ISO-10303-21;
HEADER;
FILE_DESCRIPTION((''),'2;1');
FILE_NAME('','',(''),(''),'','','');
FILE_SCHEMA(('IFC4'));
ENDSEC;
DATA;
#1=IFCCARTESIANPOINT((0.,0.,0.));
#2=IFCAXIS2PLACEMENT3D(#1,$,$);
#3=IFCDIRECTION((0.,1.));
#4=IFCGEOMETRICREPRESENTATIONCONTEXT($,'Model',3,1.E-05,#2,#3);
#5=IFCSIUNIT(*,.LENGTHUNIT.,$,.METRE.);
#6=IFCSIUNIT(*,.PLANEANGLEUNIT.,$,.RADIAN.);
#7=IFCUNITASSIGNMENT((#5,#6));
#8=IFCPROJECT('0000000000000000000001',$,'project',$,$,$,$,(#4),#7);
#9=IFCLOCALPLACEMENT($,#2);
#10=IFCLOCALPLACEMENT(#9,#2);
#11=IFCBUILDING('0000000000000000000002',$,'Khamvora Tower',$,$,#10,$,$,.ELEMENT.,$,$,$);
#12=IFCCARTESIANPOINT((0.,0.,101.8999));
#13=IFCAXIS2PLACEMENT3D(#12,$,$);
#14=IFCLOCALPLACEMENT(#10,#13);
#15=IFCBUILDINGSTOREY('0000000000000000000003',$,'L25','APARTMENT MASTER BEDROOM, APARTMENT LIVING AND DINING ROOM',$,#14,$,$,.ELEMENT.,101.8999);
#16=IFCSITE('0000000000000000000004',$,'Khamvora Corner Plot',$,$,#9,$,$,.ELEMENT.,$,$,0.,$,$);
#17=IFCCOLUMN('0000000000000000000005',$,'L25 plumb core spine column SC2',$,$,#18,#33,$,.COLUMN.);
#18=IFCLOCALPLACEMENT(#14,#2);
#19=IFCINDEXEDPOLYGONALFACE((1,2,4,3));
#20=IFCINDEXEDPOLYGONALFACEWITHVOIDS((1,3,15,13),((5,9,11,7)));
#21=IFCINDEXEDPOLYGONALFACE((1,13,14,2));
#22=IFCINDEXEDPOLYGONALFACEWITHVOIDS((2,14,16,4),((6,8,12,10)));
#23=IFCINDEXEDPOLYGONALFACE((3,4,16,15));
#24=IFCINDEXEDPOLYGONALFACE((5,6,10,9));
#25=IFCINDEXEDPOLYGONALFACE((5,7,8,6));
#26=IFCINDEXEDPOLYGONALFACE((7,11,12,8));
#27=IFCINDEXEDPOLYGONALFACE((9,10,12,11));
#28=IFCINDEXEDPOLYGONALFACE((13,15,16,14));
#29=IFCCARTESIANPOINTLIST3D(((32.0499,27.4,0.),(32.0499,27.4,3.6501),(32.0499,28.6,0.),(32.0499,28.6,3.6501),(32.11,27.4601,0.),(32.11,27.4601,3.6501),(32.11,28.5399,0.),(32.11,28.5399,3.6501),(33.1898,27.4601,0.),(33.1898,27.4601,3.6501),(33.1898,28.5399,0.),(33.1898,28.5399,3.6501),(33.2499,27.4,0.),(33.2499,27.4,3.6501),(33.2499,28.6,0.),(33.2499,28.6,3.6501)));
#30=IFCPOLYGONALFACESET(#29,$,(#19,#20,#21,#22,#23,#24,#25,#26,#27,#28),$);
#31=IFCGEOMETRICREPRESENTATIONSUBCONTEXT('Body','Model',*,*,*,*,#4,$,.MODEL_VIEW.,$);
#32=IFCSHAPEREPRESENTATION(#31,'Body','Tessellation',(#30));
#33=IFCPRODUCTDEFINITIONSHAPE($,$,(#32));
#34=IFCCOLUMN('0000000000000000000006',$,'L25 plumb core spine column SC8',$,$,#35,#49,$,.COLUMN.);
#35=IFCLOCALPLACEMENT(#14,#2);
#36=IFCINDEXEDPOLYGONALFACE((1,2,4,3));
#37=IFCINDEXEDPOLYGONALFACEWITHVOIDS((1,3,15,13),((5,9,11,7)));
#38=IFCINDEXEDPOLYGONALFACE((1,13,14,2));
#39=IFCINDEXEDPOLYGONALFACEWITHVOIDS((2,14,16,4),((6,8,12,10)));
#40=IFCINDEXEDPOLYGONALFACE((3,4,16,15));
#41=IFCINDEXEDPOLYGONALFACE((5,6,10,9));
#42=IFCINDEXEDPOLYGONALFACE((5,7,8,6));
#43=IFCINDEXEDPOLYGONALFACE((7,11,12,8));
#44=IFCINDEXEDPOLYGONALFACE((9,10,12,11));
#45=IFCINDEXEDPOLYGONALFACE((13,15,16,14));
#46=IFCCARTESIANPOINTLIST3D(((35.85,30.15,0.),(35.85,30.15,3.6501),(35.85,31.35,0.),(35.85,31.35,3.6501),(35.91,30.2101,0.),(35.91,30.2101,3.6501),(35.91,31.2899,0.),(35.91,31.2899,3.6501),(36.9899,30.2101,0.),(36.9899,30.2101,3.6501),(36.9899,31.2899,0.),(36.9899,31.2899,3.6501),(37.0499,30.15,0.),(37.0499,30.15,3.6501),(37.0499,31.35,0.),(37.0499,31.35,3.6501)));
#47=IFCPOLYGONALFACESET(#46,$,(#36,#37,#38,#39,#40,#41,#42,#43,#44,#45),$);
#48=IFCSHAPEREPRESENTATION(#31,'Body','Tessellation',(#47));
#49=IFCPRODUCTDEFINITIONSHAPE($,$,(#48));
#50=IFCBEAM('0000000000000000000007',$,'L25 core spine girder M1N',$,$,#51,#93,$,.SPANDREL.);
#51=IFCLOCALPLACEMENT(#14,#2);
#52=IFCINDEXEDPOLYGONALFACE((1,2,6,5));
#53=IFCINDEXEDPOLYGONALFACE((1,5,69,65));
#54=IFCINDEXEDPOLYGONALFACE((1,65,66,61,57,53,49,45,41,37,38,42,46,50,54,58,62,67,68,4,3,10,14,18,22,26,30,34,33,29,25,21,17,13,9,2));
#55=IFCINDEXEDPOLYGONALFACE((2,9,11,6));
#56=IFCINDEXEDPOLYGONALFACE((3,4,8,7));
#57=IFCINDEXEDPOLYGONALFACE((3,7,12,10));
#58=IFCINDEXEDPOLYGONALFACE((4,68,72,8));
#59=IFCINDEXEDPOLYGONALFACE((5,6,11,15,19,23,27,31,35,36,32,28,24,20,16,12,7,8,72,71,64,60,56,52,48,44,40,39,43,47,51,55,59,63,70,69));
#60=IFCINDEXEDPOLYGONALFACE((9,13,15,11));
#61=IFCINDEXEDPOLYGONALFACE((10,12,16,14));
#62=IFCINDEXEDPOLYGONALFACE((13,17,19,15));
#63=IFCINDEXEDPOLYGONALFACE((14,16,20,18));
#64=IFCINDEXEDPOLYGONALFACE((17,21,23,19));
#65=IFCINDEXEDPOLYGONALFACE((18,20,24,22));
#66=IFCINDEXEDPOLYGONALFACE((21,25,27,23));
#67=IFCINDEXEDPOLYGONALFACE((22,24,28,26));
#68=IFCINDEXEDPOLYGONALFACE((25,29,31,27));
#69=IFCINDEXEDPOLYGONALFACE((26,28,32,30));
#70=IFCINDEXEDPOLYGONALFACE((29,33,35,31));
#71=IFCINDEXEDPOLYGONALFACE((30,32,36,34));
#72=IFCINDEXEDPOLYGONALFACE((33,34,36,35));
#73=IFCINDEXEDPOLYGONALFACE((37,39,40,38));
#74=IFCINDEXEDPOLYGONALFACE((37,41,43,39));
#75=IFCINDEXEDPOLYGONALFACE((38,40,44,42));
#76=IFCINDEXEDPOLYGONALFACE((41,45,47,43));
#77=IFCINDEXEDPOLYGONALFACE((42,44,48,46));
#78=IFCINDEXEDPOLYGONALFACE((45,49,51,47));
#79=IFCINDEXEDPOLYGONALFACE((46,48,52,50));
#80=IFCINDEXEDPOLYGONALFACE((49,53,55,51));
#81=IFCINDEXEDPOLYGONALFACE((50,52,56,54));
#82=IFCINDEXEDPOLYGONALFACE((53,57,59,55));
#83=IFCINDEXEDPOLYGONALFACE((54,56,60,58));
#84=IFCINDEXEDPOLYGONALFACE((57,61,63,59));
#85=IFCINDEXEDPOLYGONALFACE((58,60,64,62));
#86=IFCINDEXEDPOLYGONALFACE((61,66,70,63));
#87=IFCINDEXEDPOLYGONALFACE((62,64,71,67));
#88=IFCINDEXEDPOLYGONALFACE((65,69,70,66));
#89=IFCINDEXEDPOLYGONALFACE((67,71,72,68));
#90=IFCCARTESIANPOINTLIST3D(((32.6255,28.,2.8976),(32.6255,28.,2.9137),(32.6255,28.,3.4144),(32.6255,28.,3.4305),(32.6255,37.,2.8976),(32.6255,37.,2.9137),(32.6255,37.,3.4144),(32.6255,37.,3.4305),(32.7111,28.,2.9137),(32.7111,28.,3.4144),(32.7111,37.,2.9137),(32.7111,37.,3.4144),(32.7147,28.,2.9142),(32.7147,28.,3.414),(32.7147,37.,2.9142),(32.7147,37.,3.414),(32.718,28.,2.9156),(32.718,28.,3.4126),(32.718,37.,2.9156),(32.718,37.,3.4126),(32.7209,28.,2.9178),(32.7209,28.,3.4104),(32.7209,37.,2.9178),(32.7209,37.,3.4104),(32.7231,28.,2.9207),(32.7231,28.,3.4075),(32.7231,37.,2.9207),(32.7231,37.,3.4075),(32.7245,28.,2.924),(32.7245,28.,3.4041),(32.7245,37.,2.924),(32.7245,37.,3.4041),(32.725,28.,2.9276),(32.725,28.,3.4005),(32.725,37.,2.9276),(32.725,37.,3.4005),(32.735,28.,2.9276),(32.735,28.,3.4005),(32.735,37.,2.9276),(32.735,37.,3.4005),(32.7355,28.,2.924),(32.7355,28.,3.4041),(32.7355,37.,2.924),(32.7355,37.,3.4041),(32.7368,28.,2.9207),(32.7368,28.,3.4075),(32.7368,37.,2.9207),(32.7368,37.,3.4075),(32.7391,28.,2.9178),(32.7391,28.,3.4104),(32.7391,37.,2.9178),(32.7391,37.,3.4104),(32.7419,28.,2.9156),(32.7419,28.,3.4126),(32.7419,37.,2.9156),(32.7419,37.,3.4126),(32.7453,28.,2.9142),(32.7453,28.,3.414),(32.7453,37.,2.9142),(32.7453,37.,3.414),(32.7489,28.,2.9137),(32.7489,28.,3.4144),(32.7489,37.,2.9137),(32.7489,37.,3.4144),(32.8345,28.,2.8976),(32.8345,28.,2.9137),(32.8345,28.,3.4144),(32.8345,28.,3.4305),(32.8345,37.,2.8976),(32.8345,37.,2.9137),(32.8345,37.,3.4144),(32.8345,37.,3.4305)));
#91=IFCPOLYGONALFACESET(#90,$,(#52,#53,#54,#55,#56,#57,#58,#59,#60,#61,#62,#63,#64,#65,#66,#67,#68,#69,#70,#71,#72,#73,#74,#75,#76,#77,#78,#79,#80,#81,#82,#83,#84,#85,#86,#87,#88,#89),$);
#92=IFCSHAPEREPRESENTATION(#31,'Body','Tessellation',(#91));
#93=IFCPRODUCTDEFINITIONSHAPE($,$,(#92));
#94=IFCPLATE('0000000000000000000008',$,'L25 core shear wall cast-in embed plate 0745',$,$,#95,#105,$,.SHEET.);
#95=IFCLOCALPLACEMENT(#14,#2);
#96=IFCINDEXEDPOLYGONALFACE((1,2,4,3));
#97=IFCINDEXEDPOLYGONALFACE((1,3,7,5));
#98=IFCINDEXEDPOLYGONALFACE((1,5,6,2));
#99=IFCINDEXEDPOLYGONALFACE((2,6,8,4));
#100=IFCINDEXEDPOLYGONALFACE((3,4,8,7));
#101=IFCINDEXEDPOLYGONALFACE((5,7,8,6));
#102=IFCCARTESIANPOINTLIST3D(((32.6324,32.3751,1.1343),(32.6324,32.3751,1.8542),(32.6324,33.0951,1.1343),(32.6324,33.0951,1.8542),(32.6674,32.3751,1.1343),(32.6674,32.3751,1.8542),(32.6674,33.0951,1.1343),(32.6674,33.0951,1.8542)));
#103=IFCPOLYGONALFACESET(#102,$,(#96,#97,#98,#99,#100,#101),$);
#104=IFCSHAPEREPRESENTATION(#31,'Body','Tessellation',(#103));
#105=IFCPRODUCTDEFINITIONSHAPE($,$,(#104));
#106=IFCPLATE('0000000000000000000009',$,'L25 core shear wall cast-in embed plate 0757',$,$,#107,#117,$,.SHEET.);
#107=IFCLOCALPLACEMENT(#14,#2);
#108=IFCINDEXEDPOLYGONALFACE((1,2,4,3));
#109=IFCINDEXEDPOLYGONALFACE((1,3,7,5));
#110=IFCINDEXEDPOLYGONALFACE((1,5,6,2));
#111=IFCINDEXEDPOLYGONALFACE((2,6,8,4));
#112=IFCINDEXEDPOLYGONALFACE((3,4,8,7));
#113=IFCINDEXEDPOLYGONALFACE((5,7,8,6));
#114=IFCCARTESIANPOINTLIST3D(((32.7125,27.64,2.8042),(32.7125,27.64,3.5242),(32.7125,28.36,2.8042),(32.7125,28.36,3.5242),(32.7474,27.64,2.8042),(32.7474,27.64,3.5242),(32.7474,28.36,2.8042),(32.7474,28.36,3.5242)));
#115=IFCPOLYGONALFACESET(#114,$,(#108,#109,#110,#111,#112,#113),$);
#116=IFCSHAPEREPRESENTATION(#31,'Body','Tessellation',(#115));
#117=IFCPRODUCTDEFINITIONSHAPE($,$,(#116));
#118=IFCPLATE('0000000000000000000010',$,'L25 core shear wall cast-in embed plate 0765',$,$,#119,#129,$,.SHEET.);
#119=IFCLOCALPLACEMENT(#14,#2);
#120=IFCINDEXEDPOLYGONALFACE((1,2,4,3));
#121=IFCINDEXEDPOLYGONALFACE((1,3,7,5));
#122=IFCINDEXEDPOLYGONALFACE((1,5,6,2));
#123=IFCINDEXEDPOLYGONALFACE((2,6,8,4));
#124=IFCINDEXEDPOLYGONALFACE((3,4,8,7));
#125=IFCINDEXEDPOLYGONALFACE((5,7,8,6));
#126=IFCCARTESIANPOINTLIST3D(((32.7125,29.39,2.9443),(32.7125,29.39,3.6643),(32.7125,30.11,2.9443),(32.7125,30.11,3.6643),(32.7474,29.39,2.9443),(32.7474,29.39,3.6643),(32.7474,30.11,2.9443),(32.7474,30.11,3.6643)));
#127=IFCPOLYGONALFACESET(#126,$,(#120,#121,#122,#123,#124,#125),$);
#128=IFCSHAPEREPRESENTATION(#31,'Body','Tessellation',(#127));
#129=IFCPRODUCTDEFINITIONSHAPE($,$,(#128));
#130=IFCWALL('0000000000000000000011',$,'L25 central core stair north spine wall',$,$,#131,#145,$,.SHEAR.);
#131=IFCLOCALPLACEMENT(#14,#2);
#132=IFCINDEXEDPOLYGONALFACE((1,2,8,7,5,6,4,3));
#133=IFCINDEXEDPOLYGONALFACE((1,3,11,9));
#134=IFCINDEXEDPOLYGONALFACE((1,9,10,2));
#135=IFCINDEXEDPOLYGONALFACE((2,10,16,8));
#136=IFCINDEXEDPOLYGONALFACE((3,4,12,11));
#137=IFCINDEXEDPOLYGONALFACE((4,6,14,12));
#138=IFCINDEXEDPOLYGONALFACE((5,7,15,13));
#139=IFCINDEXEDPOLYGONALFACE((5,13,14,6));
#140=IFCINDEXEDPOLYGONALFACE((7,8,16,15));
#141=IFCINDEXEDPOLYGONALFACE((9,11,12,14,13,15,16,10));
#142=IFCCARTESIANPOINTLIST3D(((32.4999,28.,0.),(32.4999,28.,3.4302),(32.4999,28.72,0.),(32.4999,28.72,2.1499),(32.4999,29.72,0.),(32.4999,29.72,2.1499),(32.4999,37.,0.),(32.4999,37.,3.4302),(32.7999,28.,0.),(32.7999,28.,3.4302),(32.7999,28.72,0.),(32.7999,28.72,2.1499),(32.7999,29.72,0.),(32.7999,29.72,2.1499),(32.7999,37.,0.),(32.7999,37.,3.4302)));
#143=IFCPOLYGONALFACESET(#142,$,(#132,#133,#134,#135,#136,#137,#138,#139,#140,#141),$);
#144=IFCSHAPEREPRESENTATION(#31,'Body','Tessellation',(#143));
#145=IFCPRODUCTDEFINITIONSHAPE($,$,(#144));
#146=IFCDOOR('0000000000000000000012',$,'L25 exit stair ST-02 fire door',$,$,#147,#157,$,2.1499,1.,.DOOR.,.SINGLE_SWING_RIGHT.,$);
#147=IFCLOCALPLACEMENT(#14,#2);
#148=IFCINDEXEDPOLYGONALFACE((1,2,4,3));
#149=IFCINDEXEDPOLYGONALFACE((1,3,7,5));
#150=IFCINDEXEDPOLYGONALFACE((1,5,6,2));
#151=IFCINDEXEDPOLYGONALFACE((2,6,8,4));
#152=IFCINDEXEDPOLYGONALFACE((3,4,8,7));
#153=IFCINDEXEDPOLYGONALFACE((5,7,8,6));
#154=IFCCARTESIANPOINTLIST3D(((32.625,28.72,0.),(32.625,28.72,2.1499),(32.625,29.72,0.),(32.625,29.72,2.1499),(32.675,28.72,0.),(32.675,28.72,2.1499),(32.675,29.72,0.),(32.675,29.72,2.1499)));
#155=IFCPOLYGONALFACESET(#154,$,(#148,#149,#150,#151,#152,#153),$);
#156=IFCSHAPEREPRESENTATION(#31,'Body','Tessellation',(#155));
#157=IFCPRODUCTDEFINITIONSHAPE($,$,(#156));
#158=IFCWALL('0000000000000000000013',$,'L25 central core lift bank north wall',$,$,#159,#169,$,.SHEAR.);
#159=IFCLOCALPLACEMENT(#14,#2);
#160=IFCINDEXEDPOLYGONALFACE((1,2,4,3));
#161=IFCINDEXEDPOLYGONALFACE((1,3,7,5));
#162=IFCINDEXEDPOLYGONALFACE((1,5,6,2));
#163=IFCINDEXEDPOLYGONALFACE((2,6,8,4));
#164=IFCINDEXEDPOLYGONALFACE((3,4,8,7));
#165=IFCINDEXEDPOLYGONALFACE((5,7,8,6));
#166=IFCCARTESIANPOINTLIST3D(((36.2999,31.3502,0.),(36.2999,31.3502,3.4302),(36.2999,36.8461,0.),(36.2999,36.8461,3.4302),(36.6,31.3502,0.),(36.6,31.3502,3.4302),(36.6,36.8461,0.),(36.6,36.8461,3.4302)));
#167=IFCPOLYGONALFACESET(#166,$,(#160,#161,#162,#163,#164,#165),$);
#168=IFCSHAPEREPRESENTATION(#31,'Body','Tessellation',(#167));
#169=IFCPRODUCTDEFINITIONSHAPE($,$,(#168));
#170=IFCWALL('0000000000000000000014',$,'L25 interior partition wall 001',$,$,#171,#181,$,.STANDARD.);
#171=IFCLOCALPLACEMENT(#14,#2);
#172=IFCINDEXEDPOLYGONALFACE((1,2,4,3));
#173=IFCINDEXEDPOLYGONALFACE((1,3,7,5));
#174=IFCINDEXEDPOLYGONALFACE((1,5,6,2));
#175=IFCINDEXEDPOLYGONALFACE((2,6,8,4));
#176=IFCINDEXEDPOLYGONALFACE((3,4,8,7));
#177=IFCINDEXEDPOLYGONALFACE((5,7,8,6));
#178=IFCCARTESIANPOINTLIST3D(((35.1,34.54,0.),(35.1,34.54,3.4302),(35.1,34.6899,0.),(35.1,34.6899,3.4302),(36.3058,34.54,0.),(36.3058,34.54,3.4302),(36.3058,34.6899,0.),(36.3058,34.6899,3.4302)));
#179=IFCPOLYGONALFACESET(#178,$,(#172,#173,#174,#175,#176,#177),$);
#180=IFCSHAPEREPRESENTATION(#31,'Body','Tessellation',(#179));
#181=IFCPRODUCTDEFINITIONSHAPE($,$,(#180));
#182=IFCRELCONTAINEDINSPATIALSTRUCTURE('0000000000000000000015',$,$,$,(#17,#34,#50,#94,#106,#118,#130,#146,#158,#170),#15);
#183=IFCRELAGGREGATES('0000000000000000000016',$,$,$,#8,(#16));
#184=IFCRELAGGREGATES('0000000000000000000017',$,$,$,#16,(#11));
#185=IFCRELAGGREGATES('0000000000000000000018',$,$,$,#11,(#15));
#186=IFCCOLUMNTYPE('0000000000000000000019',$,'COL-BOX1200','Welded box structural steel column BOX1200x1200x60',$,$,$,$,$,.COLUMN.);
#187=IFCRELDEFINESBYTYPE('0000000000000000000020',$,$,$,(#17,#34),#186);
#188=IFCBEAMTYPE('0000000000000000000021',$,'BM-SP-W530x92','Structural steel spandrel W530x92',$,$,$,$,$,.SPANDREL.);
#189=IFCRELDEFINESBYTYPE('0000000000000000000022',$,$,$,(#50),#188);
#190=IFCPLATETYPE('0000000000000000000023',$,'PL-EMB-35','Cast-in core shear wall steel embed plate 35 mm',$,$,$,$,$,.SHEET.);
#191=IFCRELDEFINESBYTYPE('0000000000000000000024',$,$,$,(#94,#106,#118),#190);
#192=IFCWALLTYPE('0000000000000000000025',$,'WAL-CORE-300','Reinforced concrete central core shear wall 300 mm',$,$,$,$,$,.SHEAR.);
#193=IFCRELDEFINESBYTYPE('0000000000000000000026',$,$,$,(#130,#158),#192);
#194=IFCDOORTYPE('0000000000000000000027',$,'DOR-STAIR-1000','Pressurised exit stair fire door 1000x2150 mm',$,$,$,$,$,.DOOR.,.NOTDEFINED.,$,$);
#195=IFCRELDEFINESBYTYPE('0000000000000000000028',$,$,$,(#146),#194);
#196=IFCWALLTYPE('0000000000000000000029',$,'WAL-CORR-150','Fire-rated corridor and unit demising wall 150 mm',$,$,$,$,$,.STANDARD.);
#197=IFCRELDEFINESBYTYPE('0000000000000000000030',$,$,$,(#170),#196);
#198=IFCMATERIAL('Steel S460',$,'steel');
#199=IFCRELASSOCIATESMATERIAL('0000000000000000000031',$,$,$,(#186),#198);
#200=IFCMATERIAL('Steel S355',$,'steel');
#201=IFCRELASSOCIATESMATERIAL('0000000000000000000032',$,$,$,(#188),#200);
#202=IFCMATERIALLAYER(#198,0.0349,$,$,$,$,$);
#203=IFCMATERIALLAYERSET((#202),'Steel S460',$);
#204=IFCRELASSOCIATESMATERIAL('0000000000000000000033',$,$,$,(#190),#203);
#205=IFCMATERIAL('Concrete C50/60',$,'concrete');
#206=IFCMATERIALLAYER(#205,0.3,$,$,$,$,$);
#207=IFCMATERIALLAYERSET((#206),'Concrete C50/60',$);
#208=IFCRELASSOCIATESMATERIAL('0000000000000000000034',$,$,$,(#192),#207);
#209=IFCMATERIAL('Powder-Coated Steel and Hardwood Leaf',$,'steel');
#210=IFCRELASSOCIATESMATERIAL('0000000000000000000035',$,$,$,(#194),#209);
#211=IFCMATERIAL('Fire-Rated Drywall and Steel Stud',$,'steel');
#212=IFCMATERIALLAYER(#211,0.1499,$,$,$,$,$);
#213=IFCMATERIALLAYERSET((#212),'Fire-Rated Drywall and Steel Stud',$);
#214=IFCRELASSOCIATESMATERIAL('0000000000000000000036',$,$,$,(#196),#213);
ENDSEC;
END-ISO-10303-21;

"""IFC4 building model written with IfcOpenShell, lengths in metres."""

from ifc_helpers import new_model, si_unit, direction, frame, frame_2d, origin, origin_2d, place, context, subcontext, project, spatial, rectangle, hollow_rectangle, i_section, extrude, material, layer, layer_set, material_profile, profile_set, type_object, element, fill, save


model = new_model("IFC4")

# Units and contexts
model_context = context("Model", 3, precision=1e-05, world=origin(), true_north=direction((0.0, 1.0)))
body_context = subcontext(model_context, "Body", "Model", "MODEL_VIEW")
ifc_project = project(units=[si_unit("LENGTHUNIT", "METRE"), si_unit("PLANEANGLEUNIT", "RADIAN")], contexts=[model_context])

# Site, building, storey
site_placement = place(None, origin())
site = spatial("IfcSite", under=ifc_project, at=site_placement, Name="Khamvora Corner Plot", CompositionType="ELEMENT", RefElevation=0.0)
building_placement = place(site_placement, origin())
building = spatial("IfcBuilding", under=site, at=building_placement, Name="Khamvora Tower", CompositionType="ELEMENT")
storey_placement = place(building_placement, frame((0.0, 0.0, 101.8999)))
storey = spatial("IfcBuildingStorey", under=building, at=storey_placement, Name="L25", Description="APARTMENT MASTER BEDROOM, APARTMENT LIVING AND DINING ROOM", CompositionType="ELEMENT", Elevation=101.8999)

# Columns
ifc_material_1 = material(Name="Steel S460", Category="steel")
ifc_material_profile_1 = material_profile(ifc_material_1, hollow_rectangle(XDim=1.2, YDim=1.2, WallThickness=0.0601, at=origin_2d()), Name="BOX1200x1200x60")
ifc_profile_set_1 = profile_set([ifc_material_profile_1], Name="Steel S460")
column_type = type_object("IfcColumnType", Name="COL-BOX1200", Description="Welded box structural steel column BOX1200x1200x60", PredefinedType="COLUMN", material=ifc_profile_set_1)
for number, where, z_axis, x_axis, name in (
    (1, (32.6499, 28.0, 0.0), (0.0, 0.0, 1.0), (1.0, 0.0, 0.0), "L25 plumb core spine column SC2"),
    (2, (36.45, 30.75, 0.0), (0.0, 0.0, 1.0), (1.0, 0.0, 0.0), "L25 plumb core spine column SC8"),
):
    element("IfcColumn", number, at=place(storey_placement, frame(where, z_axis=z_axis, x_axis=x_axis)), inside=storey, type_object=column_type, Name=name, PredefinedType="COLUMN", context=body_context, shape_type="SweptSolid", body=[
        extrude(hollow_rectangle(XDim=1.2, YDim=1.2, WallThickness=0.0601, at=origin_2d()), origin(), (0.0, 0.0, 1.0), 3.6501),
    ])

# Beam
ifc_material_2 = material(Name="Steel S355", Category="steel")
ifc_material_profile_2 = material_profile(ifc_material_2, i_section(OverallWidth=0.209, OverallDepth=0.533, WebThickness=0.01, FlangeThickness=0.0161, FilletRadius=0.0139, at=origin_2d()), Name="W530x92")
ifc_profile_set_2 = profile_set([ifc_material_profile_2], Name="Steel S355")
beam_type = type_object("IfcBeamType", Name="BM-SP-W530x92", Description="Structural steel spandrel W530x92", PredefinedType="SPANDREL", material=ifc_profile_set_2)
beam_placement = place(storey_placement, frame((32.73, 28.0, 3.1641), z_axis=(0.0, 1.0, 0.0), x_axis=(-1.0, 0.0, 0.0)))
element("IfcBeam", 3, at=beam_placement, inside=storey, type_object=beam_type, Name="L25 core spine girder M1N", PredefinedType="SPANDREL", context=body_context, shape_type="SweptSolid", body=[
    extrude(i_section(OverallWidth=0.209, OverallDepth=0.533, WebThickness=0.01, FlangeThickness=0.0161, FilletRadius=0.0139, at=origin_2d()), origin(), (0.0, 0.0, 1.0), 9.0),
])

# Plates
ifc_layer_1 = layer(ifc_material_1, 0.0349)
ifc_layer_set_1 = layer_set([ifc_layer_1], Name="Steel S460")
plate_type = type_object("IfcPlateType", Name="PL-EMB-35", Description="Cast-in core shear wall steel embed plate 35 mm", PredefinedType="SHEET", material=ifc_layer_set_1)
for number, where, z_axis, x_axis, name in (
    (4, (32.6499, 32.7351, 1.1343), (0.0, 0.0, 1.0), (1.0, 0.0, 0.0), "L25 core shear wall cast-in embed plate 0745"),
    (5, (32.73, 28.0, 2.8042), (0.0, 0.0, 1.0), (1.0, 0.0, 0.0), "L25 core shear wall cast-in embed plate 0757"),
    (6, (32.73, 29.75, 2.9443), (0.0, 0.0, 1.0), (1.0, 0.0, 0.0), "L25 core shear wall cast-in embed plate 0765"),
):
    element("IfcPlate", number, at=place(storey_placement, frame(where, z_axis=z_axis, x_axis=x_axis)), inside=storey, type_object=plate_type, Name=name, PredefinedType="SHEET", context=body_context, shape_type="SweptSolid", body=[
        extrude(rectangle(XDim=0.0349, YDim=0.72, at=origin_2d()), origin(), (0.0, 0.0, 1.0), 0.72),
    ])

# Wall, opening, door
ifc_material_3 = material(Name="Concrete C50/60", Category="concrete")
ifc_layer_2 = layer(ifc_material_3, 0.3)
ifc_layer_set_2 = layer_set([ifc_layer_2], Name="Concrete C50/60")
wall_type_1 = type_object("IfcWallType", Name="WAL-CORE-300", Description="Reinforced concrete central core shear wall 300 mm", PredefinedType="SHEAR", material=ifc_layer_set_2)
wall_1_placement = place(storey_placement, frame((32.6499, 28.0, 0.0), z_axis=(0.0, 0.0, 1.0), x_axis=(0.0, 1.0, 0.0)))
wall_1 = element("IfcWall", 7, at=wall_1_placement, inside=storey, type_object=wall_type_1, Name="L25 central core stair north spine wall", PredefinedType="SHEAR", context=body_context, shape_type="SweptSolid", body=[
    extrude(rectangle(XDim=9.0, YDim=0.3, at=frame_2d((4.5, 0.0))), origin(), (0.0, 0.0, 1.0), 3.4302),
])
opening_1_placement = place(wall_1_placement, frame((0.72, 0.0, 0.0)))
opening_1 = element("IfcOpeningElement", 8, at=opening_1_placement, cuts=wall_1, PredefinedType="OPENING", context=body_context, shape_type="SweptSolid", body=[
    extrude(rectangle(XDim=1.0, YDim=2.1499, at=frame_2d((0.5, 1.075))), frame((0.0, 0.1599, 0.0), z_axis=(0.0, -1.0, 0.0), x_axis=(1.0, 0.0, 0.0)), (0.0, 0.0, 1.0), 0.3201),
])
ifc_material_4 = material(Name="Powder-Coated Steel and Hardwood Leaf", Category="steel")
door_type_1 = type_object("IfcDoorType", Name="DOR-STAIR-1000", Description="Pressurised exit stair fire door 1000x2150 mm", OperationType="NOTDEFINED", PredefinedType="DOOR", material=ifc_material_4)
door_1_placement = place(opening_1_placement, origin())
door_1 = element("IfcDoor", 9, at=door_1_placement, inside=storey, type_object=door_type_1, Name="L25 exit stair ST-02 fire door", OperationType="SINGLE_SWING_RIGHT", OverallHeight=2.1499, OverallWidth=1.0, PredefinedType="DOOR", context=body_context, shape_type="SweptSolid", body=[
    extrude(rectangle(XDim=1.0, YDim=2.1499, at=frame_2d((0.5, 1.075))), frame((0.0, 0.0249, 0.0), z_axis=(0.0, -1.0, 0.0), x_axis=(1.0, 0.0, 0.0)), (0.0, 0.0, 1.0), 0.05),
])
fill(opening_1, door_1)

# Walls
wall_2_placement = place(storey_placement, frame((36.45, 31.3501, 0.0), z_axis=(0.0, 0.0, 1.0), x_axis=(0.0, 1.0, 0.0)))
element("IfcWall", 10, at=wall_2_placement, inside=storey, type_object=wall_type_1, Name="L25 central core lift bank north wall", PredefinedType="SHEAR", context=body_context, shape_type="SweptSolid", body=[
    extrude(rectangle(XDim=5.4958, YDim=0.3, at=frame_2d((2.748, 0.0))), origin(), (0.0, 0.0, 1.0), 3.4302),
])
ifc_material_5 = material(Name="Fire-Rated Drywall and Steel Stud", Category="steel")
ifc_layer_3 = layer(ifc_material_5, 0.1499)
ifc_layer_set_3 = layer_set([ifc_layer_3], Name="Fire-Rated Drywall and Steel Stud")
wall_type_2 = type_object("IfcWallType", Name="WAL-CORR-150", Description="Fire-rated corridor and unit demising wall 150 mm", PredefinedType="STANDARD", material=ifc_layer_set_3)
wall_3_placement = place(storey_placement, frame((36.3059, 34.615, 0.0), z_axis=(0.0, 0.0, 1.0), x_axis=(-1.0, 0.0, 0.0)))
element("IfcWall", 11, at=wall_3_placement, inside=storey, type_object=wall_type_2, Name="L25 interior partition wall 001", PredefinedType="STANDARD", context=body_context, shape_type="SweptSolid", body=[
    extrude(rectangle(XDim=1.2058, YDim=0.1499, at=frame_2d((0.603, 0.0))), origin(), (0.0, 0.0, 1.0), 3.4302),
])

save(model, "model.ifc")
